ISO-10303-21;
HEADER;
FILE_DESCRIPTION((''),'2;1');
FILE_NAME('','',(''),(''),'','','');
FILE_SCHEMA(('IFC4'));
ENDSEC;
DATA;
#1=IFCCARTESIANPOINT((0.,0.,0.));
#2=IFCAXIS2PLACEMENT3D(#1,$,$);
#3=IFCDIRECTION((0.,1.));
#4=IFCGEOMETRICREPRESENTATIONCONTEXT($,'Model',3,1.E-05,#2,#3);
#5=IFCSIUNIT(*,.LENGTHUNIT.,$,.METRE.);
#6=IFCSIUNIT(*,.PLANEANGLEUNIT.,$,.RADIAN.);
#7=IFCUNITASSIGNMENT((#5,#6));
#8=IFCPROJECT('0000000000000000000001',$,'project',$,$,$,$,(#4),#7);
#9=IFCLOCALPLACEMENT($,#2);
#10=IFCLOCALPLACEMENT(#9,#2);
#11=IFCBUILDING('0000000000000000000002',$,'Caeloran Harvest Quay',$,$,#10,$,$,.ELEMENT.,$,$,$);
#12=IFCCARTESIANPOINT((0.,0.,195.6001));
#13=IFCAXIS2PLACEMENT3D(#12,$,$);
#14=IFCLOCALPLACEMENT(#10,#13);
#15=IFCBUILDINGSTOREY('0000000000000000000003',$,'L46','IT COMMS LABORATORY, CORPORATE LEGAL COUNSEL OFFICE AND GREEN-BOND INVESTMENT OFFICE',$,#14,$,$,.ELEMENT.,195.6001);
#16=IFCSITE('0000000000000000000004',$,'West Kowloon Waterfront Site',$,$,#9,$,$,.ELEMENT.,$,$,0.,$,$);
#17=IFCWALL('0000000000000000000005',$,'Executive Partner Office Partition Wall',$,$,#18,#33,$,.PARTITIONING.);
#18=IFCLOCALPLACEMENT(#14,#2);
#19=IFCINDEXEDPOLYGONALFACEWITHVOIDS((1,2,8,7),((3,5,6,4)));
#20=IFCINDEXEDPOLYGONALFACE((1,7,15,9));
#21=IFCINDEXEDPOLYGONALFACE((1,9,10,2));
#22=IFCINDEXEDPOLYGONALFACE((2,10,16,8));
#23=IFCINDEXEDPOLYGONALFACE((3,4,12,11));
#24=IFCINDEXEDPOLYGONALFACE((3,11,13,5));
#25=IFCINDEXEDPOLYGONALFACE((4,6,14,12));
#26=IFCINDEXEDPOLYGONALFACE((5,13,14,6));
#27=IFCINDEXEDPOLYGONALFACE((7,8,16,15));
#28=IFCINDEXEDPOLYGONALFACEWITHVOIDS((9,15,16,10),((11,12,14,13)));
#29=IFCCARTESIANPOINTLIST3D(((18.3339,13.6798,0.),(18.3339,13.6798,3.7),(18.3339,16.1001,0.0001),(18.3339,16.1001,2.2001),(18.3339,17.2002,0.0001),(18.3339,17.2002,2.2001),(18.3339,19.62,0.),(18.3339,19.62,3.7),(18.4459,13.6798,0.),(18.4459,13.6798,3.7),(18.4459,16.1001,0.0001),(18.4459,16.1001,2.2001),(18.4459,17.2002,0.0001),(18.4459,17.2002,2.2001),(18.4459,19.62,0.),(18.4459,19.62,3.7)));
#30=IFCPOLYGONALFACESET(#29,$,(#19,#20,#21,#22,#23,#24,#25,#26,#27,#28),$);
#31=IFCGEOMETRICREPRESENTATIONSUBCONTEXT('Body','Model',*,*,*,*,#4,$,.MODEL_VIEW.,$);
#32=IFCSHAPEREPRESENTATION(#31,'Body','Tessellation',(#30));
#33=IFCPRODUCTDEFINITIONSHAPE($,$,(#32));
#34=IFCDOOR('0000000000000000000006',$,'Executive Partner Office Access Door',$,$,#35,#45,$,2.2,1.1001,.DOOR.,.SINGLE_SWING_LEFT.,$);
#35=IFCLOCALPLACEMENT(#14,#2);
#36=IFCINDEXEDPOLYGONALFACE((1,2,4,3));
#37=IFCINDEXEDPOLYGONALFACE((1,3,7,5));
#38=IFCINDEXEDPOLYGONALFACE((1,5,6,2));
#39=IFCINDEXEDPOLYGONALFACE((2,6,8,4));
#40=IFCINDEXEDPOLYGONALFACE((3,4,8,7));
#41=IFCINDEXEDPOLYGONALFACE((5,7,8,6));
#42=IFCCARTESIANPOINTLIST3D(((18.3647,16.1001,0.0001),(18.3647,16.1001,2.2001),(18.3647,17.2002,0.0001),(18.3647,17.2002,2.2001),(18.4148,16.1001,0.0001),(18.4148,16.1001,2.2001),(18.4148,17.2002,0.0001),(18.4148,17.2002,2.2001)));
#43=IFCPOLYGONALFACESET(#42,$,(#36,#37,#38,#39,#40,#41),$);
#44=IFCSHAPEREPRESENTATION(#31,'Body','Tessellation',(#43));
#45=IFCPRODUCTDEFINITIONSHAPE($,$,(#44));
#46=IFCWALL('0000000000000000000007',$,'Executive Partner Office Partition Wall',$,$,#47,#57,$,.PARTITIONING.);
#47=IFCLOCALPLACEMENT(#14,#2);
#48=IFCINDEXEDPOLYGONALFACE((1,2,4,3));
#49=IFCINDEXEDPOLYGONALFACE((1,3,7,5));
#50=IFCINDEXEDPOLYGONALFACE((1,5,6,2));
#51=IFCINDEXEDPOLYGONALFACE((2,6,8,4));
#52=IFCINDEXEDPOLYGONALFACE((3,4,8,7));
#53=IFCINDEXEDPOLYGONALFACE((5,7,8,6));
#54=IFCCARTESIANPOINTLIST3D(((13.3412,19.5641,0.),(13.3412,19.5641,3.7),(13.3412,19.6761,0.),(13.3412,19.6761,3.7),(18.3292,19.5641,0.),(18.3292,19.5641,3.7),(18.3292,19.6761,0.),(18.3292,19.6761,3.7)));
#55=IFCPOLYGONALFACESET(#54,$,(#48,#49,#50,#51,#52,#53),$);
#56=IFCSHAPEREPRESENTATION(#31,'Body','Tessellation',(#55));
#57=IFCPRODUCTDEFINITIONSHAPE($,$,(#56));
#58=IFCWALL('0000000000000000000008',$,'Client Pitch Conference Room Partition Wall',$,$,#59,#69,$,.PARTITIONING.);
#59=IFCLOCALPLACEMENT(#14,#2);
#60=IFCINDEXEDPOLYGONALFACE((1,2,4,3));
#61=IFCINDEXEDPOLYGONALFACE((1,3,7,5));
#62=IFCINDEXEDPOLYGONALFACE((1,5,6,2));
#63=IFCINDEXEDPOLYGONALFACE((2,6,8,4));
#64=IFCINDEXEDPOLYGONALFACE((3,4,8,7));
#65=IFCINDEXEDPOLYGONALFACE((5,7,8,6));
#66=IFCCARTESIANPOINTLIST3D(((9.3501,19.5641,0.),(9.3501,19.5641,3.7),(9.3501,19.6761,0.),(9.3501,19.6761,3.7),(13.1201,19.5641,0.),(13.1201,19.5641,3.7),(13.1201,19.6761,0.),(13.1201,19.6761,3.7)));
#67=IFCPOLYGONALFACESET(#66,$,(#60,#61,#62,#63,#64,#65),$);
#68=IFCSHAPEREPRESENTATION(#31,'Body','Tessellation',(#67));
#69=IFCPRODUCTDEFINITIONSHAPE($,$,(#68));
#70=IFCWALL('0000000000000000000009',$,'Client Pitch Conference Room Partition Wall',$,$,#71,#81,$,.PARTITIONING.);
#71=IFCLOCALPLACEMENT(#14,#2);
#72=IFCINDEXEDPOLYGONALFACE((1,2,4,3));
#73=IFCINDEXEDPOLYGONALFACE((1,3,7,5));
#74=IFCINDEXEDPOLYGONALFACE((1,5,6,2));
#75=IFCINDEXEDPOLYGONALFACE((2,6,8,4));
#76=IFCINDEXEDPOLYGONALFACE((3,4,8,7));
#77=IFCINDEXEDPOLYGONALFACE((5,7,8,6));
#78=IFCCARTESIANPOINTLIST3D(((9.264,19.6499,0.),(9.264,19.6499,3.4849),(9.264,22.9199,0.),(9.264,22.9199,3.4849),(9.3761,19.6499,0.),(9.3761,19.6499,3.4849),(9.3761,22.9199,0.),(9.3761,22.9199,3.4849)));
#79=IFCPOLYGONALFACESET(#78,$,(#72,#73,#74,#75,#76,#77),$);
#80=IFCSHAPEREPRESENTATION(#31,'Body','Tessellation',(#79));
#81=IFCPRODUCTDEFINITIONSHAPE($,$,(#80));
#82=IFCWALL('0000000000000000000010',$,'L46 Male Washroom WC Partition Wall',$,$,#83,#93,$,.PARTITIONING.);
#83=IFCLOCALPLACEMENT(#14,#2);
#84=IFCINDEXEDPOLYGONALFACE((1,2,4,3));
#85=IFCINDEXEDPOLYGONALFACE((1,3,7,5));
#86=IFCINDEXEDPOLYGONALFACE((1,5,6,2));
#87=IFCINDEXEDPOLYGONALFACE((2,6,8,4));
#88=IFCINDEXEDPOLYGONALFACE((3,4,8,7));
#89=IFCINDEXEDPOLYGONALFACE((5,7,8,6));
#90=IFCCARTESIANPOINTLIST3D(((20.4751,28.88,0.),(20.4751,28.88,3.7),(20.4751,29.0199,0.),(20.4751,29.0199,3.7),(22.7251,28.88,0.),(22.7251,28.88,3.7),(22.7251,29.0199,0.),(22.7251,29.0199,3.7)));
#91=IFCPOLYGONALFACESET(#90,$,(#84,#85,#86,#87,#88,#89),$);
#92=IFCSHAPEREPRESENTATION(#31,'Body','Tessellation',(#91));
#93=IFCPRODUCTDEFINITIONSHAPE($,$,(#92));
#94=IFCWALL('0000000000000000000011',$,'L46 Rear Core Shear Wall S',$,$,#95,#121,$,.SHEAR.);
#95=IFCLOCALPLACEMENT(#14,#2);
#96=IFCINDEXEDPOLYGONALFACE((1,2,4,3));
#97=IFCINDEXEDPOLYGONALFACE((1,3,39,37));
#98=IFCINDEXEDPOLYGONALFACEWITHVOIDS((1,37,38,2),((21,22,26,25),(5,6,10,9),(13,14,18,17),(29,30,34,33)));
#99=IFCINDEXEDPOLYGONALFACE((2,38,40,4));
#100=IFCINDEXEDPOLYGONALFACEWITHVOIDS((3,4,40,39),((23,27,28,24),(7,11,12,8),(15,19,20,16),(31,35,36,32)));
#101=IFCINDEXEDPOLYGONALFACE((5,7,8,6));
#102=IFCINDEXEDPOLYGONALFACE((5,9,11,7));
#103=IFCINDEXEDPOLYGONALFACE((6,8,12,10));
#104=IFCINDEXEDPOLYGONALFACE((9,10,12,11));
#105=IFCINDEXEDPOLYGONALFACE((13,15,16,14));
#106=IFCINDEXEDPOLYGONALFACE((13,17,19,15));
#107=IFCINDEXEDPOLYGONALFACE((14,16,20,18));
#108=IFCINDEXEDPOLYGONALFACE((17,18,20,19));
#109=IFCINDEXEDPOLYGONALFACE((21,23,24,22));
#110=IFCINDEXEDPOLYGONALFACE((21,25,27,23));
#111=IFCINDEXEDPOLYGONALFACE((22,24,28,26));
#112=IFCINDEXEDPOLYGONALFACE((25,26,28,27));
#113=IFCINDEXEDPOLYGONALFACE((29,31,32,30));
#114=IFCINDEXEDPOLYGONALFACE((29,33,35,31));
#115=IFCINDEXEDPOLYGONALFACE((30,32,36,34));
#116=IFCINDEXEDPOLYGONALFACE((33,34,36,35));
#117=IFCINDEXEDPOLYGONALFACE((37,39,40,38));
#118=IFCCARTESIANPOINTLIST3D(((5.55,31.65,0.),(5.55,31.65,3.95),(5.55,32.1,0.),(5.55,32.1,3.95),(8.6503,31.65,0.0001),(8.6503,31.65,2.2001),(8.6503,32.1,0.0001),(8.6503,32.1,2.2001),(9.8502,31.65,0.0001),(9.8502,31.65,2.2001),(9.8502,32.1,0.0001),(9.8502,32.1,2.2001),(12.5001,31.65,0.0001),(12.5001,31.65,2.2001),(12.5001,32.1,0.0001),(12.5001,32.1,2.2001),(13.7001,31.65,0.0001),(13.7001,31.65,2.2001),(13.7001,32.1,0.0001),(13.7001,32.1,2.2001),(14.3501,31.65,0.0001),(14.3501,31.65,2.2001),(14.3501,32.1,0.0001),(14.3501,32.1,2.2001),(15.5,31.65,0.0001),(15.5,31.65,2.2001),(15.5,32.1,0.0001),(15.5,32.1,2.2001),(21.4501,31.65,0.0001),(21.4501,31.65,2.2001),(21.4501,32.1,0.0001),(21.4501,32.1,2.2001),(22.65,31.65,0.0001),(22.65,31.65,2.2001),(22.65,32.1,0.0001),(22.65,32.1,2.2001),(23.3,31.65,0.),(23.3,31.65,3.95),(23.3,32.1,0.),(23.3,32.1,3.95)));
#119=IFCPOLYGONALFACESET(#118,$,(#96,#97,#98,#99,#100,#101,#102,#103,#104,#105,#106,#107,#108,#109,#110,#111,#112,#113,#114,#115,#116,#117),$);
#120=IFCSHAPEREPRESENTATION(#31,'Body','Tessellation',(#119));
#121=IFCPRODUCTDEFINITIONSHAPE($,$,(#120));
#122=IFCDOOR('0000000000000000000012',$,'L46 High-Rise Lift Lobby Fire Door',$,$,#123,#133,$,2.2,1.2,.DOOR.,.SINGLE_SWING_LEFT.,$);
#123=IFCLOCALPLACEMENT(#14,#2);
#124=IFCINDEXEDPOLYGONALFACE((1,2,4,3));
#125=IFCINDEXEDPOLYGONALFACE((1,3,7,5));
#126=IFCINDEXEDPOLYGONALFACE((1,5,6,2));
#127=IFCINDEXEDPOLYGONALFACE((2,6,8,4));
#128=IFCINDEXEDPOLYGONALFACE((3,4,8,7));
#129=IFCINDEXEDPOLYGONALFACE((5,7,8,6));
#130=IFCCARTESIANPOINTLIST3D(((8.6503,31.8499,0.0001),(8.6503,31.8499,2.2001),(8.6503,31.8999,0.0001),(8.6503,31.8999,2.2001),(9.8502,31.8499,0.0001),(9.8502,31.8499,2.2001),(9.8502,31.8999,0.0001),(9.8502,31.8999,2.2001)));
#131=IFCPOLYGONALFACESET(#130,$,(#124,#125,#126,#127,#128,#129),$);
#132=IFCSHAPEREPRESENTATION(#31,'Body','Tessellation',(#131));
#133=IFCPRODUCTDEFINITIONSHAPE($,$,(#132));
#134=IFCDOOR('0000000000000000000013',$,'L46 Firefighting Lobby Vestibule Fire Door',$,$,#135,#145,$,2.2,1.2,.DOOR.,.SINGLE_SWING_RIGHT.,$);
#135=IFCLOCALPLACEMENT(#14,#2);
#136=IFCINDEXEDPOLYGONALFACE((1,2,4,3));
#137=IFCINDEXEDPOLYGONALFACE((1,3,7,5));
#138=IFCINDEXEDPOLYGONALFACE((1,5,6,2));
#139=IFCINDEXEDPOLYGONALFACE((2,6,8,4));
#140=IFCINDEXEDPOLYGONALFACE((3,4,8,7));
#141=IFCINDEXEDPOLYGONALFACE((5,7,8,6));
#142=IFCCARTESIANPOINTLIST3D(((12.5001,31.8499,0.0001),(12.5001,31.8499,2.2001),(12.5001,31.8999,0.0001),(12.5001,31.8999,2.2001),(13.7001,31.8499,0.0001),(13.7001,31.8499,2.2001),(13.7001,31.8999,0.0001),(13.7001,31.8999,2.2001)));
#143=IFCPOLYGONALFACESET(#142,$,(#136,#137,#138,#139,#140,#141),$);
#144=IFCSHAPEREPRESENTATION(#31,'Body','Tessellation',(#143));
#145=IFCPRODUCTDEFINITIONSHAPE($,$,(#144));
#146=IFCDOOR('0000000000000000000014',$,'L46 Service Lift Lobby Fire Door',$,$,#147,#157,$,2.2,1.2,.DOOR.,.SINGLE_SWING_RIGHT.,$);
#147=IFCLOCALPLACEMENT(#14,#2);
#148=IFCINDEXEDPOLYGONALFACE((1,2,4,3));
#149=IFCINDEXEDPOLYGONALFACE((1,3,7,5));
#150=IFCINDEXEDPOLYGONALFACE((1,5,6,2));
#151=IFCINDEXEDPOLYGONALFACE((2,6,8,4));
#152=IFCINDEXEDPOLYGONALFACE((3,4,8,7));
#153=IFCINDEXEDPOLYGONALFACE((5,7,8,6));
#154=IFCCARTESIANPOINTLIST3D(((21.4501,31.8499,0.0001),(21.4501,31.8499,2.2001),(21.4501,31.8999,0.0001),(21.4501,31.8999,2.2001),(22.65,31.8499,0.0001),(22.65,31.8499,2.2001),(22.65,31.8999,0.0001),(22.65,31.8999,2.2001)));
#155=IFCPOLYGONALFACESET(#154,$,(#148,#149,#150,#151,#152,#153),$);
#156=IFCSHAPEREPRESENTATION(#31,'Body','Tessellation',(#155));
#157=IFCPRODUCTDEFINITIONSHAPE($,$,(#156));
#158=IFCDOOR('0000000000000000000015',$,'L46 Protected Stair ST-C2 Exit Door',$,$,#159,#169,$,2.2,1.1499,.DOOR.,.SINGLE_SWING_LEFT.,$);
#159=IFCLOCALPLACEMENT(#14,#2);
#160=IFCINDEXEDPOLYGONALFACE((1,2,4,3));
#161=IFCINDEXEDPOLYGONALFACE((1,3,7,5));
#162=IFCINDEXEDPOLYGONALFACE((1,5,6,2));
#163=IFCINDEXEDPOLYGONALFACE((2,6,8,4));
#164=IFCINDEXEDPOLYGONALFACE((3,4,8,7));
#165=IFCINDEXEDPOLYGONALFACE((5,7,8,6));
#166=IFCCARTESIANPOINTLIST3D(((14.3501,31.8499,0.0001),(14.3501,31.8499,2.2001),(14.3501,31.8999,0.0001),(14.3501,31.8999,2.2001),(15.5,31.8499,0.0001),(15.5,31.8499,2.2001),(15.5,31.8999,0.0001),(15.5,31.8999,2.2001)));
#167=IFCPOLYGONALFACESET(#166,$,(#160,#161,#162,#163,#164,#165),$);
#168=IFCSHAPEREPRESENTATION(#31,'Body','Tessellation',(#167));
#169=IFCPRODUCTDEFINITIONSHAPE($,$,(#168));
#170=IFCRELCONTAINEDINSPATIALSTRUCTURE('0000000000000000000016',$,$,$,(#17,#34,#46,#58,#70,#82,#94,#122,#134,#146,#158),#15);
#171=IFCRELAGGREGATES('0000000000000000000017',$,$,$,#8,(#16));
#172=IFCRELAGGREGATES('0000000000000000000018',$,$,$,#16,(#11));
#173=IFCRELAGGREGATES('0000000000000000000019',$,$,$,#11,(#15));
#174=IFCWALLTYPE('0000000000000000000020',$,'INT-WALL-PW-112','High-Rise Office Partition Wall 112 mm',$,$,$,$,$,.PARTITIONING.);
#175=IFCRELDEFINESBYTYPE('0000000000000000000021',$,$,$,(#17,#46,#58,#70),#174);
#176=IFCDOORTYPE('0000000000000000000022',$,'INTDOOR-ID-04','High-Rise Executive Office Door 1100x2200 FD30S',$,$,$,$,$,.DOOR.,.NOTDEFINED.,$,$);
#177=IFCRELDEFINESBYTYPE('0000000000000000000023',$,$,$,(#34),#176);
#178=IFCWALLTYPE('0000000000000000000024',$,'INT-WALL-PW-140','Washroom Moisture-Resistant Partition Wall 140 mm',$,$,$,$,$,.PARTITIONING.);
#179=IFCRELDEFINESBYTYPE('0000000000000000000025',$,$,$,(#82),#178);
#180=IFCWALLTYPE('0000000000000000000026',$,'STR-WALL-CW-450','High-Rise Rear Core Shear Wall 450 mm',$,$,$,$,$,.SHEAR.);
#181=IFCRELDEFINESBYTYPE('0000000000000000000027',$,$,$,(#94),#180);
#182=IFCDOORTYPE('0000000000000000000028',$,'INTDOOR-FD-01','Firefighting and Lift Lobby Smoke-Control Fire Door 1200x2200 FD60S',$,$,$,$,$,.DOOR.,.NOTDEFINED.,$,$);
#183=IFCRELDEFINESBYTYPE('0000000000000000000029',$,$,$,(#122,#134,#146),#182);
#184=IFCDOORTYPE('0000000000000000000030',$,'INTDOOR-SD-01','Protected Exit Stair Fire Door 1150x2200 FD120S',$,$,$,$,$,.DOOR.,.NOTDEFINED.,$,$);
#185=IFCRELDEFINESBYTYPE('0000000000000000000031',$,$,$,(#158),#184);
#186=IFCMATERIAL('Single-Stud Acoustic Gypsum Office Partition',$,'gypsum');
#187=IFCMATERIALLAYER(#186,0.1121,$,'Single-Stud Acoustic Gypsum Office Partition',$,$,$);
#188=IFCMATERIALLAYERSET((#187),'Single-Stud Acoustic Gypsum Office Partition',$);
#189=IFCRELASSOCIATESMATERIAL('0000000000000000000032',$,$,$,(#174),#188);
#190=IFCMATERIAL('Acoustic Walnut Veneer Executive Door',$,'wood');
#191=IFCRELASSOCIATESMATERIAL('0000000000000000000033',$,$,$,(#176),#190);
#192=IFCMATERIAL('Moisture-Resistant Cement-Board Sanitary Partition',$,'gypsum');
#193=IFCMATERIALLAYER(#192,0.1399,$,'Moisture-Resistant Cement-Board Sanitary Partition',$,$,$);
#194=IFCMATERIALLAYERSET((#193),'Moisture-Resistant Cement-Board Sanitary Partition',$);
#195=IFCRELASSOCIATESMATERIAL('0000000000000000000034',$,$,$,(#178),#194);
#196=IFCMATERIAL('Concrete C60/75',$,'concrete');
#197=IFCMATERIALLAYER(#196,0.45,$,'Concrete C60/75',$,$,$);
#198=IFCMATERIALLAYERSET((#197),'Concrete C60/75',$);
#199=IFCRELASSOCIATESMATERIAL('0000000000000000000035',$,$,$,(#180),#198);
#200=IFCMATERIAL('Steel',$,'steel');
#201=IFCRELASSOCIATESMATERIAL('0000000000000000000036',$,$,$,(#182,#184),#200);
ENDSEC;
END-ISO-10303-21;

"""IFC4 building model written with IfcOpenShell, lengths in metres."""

from ifc_helpers import new_model, si_unit, direction, frame, frame_2d, origin, place, context, subcontext, project, spatial, rectangle, extrude, material, layer, layer_set, type_object, element, fill, save


model = new_model("IFC4")

# Units and contexts
model_context = context("Model", 3, precision=1e-05, world=origin(), true_north=direction((0.0, 1.0)))
body_context = subcontext(model_context, "Body", "Model", "MODEL_VIEW")
ifc_project = project(units=[si_unit("LENGTHUNIT", "METRE"), si_unit("PLANEANGLEUNIT", "RADIAN")], contexts=[model_context])

# Site, building, storey
site_placement = place(None, origin())
site = spatial("IfcSite", under=ifc_project, at=site_placement, Name="West Kowloon Waterfront Site", CompositionType="ELEMENT", RefElevation=0.0)
building_placement = place(site_placement, origin())
building = spatial("IfcBuilding", under=site, at=building_placement, Name="Caeloran Harvest Quay", CompositionType="ELEMENT")
storey_placement = place(building_placement, frame((0.0, 0.0, 195.6001)))
storey = spatial("IfcBuildingStorey", under=building, at=storey_placement, Name="L46", Description="IT COMMS LABORATORY, CORPORATE LEGAL COUNSEL OFFICE AND GREEN-BOND INVESTMENT OFFICE", CompositionType="ELEMENT", Elevation=195.6001)

# Shared definitions
ifc_material_1 = material(Name="Concrete C60/75", Category="concrete")

# Wall, opening, door
ifc_material_2 = material(Name="Single-Stud Acoustic Gypsum Office Partition", Category="gypsum")
ifc_layer_1 = layer(ifc_material_2, 0.1121, Name="Single-Stud Acoustic Gypsum Office Partition")
ifc_layer_set_1 = layer_set([ifc_layer_1], Name="Single-Stud Acoustic Gypsum Office Partition")
wall_type_1 = type_object("IfcWallType", Name="INT-WALL-PW-112", Description="High-Rise Office Partition Wall 112 mm", PredefinedType="PARTITIONING", material=ifc_layer_set_1)
wall_1_placement = place(storey_placement, frame((18.3899, 19.6201, 0.0), z_axis=(0.0, 0.0, 1.0), x_axis=(0.0, -1.0, 0.0)))
wall_1 = element("IfcWall", 1, at=wall_1_placement, inside=storey, type_object=wall_type_1, Name="Executive Partner Office Partition Wall", PredefinedType="PARTITIONING", context=body_context, shape_type="SweptSolid", body=[
    extrude(rectangle(XDim=5.9402, YDim=0.1121, at=frame_2d((2.9702, 0.0))), origin(), (0.0, 0.0, 1.0), 3.7),
])
opening_1_placement = place(wall_1_placement, frame((2.4199, 0.0, 0.0)))
opening_1 = element("IfcOpeningElement", 2, at=opening_1_placement, cuts=wall_1, PredefinedType="OPENING", context=body_context, shape_type="SweptSolid", body=[
    extrude(rectangle(XDim=1.1001, YDim=2.2, at=frame_2d((0.55, 1.1001))), frame((0.0, 0.0659, 0.0), z_axis=(0.0, -1.0, 0.0), x_axis=(1.0, 0.0, 0.0)), (0.0, 0.0, 1.0), 0.1321),
])
ifc_material_3 = material(Name="Acoustic Walnut Veneer Executive Door", Category="wood")
door_type_1 = type_object("IfcDoorType", Name="INTDOOR-ID-04", Description="High-Rise Executive Office Door 1100x2200 FD30S", OperationType="NOTDEFINED", PredefinedType="DOOR", material=ifc_material_3)
door_1_placement = place(opening_1_placement, origin())
door_1 = element("IfcDoor", 3, at=door_1_placement, inside=storey, type_object=door_type_1, Name="Executive Partner Office Access Door", OperationType="SINGLE_SWING_LEFT", OverallHeight=2.2, OverallWidth=1.1001, PredefinedType="DOOR", context=body_context, shape_type="SweptSolid", body=[
    extrude(rectangle(XDim=1.1001, YDim=2.2, at=frame_2d((0.55, 1.1001))), frame((0.0, 0.0249, 0.0), z_axis=(0.0, -1.0, 0.0), x_axis=(1.0, 0.0, 0.0)), (0.0, 0.0, 1.0), 0.05),
])
fill(opening_1, door_1)

# Walls
wall_2_placement = place(storey_placement, frame((13.3411, 19.6201, 0.0), z_axis=(0.0, 0.0, 1.0), x_axis=(1.0, 0.0, 0.0)))
element("IfcWall", 4, at=wall_2_placement, inside=storey, type_object=wall_type_1, Name="Executive Partner Office Partition Wall", PredefinedType="PARTITIONING", context=body_context, shape_type="SweptSolid", body=[
    extrude(rectangle(XDim=4.988, YDim=0.1121, at=frame_2d((2.4941, 0.0))), origin(), (0.0, 0.0, 1.0), 3.7),
])
wall_3_placement = place(storey_placement, frame((9.3501, 19.6201, 0.0), z_axis=(0.0, 0.0, 1.0), x_axis=(1.0, 0.0, 0.0)))
element("IfcWall", 5, at=wall_3_placement, inside=storey, type_object=wall_type_1, Name="Client Pitch Conference Room Partition Wall", PredefinedType="PARTITIONING", context=body_context, shape_type="SweptSolid", body=[
    extrude(rectangle(XDim=3.77, YDim=0.1121, at=frame_2d((1.885, 0.0))), origin(), (0.0, 0.0, 1.0), 3.7),
])
wall_4_placement = place(storey_placement, frame((9.3201, 22.9199, 0.0), z_axis=(0.0, 0.0, 1.0), x_axis=(0.0, -1.0, 0.0)))
element("IfcWall", 6, at=wall_4_placement, inside=storey, type_object=wall_type_1, Name="Client Pitch Conference Room Partition Wall", PredefinedType="PARTITIONING", context=body_context, shape_type="SweptSolid", body=[
    extrude(rectangle(XDim=3.27, YDim=0.1121, at=frame_2d((1.635, 0.0))), origin(), (0.0, 0.0, 1.0), 3.4849),
])

# Shared definitions
ifc_material_4 = material(Name="Moisture-Resistant Cement-Board Sanitary Partition", Category="gypsum")
ifc_layer_2 = layer(ifc_material_4, 0.1399, Name="Moisture-Resistant Cement-Board Sanitary Partition")
ifc_layer_set_2 = layer_set([ifc_layer_2], Name="Moisture-Resistant Cement-Board Sanitary Partition")
wall_type_2 = type_object("IfcWallType", Name="INT-WALL-PW-140", Description="Washroom Moisture-Resistant Partition Wall 140 mm", PredefinedType="PARTITIONING", material=ifc_layer_set_2)

# Wall
wall_5_placement = place(storey_placement, frame((20.4751, 28.95, 0.0), z_axis=(0.0, 0.0, 1.0), x_axis=(1.0, 0.0, 0.0)))
element("IfcWall", 7, at=wall_5_placement, inside=storey, type_object=wall_type_2, Name="L46 Male Washroom WC Partition Wall", PredefinedType="PARTITIONING", context=body_context, shape_type="SweptSolid", body=[
    extrude(rectangle(XDim=2.25, YDim=0.1399, at=frame_2d((1.125, 0.0))), origin(), (0.0, 0.0, 1.0), 3.7),
])

# Wall, openings, doors
ifc_layer_3 = layer(ifc_material_1, 0.45, Name="Concrete C60/75")
ifc_layer_set_3 = layer_set([ifc_layer_3], Name="Concrete C60/75")
wall_type_3 = type_object("IfcWallType", Name="STR-WALL-CW-450", Description="High-Rise Rear Core Shear Wall 450 mm", PredefinedType="SHEAR", material=ifc_layer_set_3)
wall_6_placement = place(storey_placement, frame((5.55, 31.875, 0.0), z_axis=(0.0, 0.0, 1.0), x_axis=(1.0, 0.0, 0.0)))
wall_6 = element("IfcWall", 8, at=wall_6_placement, inside=storey, type_object=wall_type_3, Name="L46 Rear Core Shear Wall S", PredefinedType="SHEAR", context=body_context, shape_type="SweptSolid", body=[
    extrude(rectangle(XDim=17.75, YDim=0.45, at=frame_2d((8.875, 0.0))), origin(), (0.0, 0.0, 1.0), 3.95),
])
opening_2_placement = place(wall_6_placement, frame((3.1001, 0.0, 0.0)))
opening_2 = element("IfcOpeningElement", 9, at=opening_2_placement, cuts=wall_6, PredefinedType="OPENING", context=body_context, shape_type="SweptSolid", body=[
    extrude(rectangle(XDim=1.2, YDim=2.2, at=frame_2d((0.6001, 1.1001))), frame((0.0, 0.2349, 0.0), z_axis=(0.0, -1.0, 0.0), x_axis=(1.0, 0.0, 0.0)), (0.0, 0.0, 1.0), 0.47),
])
opening_3_placement = place(wall_6_placement, frame((6.95, 0.0, 0.0)))
opening_3 = element("IfcOpeningElement", 10, at=opening_3_placement, cuts=wall_6, PredefinedType="OPENING", context=body_context, shape_type="SweptSolid", body=[
    extrude(rectangle(XDim=1.2, YDim=2.2, at=frame_2d((0.6001, 1.1001))), frame((0.0, 0.2349, 0.0), z_axis=(0.0, -1.0, 0.0), x_axis=(1.0, 0.0, 0.0)), (0.0, 0.0, 1.0), 0.47),
])
opening_4_placement = place(wall_6_placement, frame((8.8, 0.0, 0.0)))
opening_4 = element("IfcOpeningElement", 11, at=opening_4_placement, cuts=wall_6, PredefinedType="OPENING", context=body_context, shape_type="SweptSolid", body=[
    extrude(rectangle(XDim=1.1499, YDim=2.2, at=frame_2d((0.575, 1.1001))), frame((0.0, 0.2349, 0.0), z_axis=(0.0, -1.0, 0.0), x_axis=(1.0, 0.0, 0.0)), (0.0, 0.0, 1.0), 0.47),
])
opening_5_placement = place(wall_6_placement, frame((15.8999, 0.0, 0.0)))
opening_5 = element("IfcOpeningElement", 12, at=opening_5_placement, cuts=wall_6, PredefinedType="OPENING", context=body_context, shape_type="SweptSolid", body=[
    extrude(rectangle(XDim=1.2, YDim=2.2, at=frame_2d((0.6001, 1.1001))), frame((0.0, 0.2349, 0.0), z_axis=(0.0, -1.0, 0.0), x_axis=(1.0, 0.0, 0.0)), (0.0, 0.0, 1.0), 0.47),
])
ifc_material_5 = material(Name="Steel", Category="steel")
door_type_2 = type_object("IfcDoorType", Name="INTDOOR-FD-01", Description="Firefighting and Lift Lobby Smoke-Control Fire Door 1200x2200 FD60S", OperationType="NOTDEFINED", PredefinedType="DOOR", material=ifc_material_5)
door_2_placement = place(opening_2_placement, origin())
door_2 = element("IfcDoor", 13, at=door_2_placement, inside=storey, type_object=door_type_2, Name="L46 High-Rise Lift Lobby Fire Door", OperationType="SINGLE_SWING_LEFT", OverallHeight=2.2, OverallWidth=1.2, PredefinedType="DOOR", context=body_context, shape_type="SweptSolid", body=[
    extrude(rectangle(XDim=1.2, YDim=2.2, at=frame_2d((0.6001, 1.1001))), frame((0.0, 0.0249, 0.0), z_axis=(0.0, -1.0, 0.0), x_axis=(1.0, 0.0, 0.0)), (0.0, 0.0, 1.0), 0.05),
])
fill(opening_2, door_2)
door_3_placement = place(opening_3_placement, origin())
door_3 = element("IfcDoor", 14, at=door_3_placement, inside=storey, type_object=door_type_2, Name="L46 Firefighting Lobby Vestibule Fire Door", OperationType="SINGLE_SWING_RIGHT", OverallHeight=2.2, OverallWidth=1.2, PredefinedType="DOOR", context=body_context, shape_type="SweptSolid", body=[
    extrude(rectangle(XDim=1.2, YDim=2.2, at=frame_2d((0.6001, 1.1001))), frame((0.0, 0.0249, 0.0), z_axis=(0.0, -1.0, 0.0), x_axis=(1.0, 0.0, 0.0)), (0.0, 0.0, 1.0), 0.05),
])
fill(opening_3, door_3)
door_4_placement = place(opening_5_placement, origin())
door_4 = element("IfcDoor", 15, at=door_4_placement, inside=storey, type_object=door_type_2, Name="L46 Service Lift Lobby Fire Door", OperationType="SINGLE_SWING_RIGHT", OverallHeight=2.2, OverallWidth=1.2, PredefinedType="DOOR", context=body_context, shape_type="SweptSolid", body=[
    extrude(rectangle(XDim=1.2, YDim=2.2, at=frame_2d((0.6001, 1.1001))), frame((0.0, 0.0249, 0.0), z_axis=(0.0, -1.0, 0.0), x_axis=(1.0, 0.0, 0.0)), (0.0, 0.0, 1.0), 0.05),
])
fill(opening_5, door_4)
door_type_3 = type_object("IfcDoorType", Name="INTDOOR-SD-01", Description="Protected Exit Stair Fire Door 1150x2200 FD120S", OperationType="NOTDEFINED", PredefinedType="DOOR", material=ifc_material_5)
door_5_placement = place(opening_4_placement, origin())
door_5 = element("IfcDoor", 16, at=door_5_placement, inside=storey, type_object=door_type_3, Name="L46 Protected Stair ST-C2 Exit Door", OperationType="SINGLE_SWING_LEFT", OverallHeight=2.2, OverallWidth=1.1499, PredefinedType="DOOR", context=body_context, shape_type="SweptSolid", body=[
    extrude(rectangle(XDim=1.1499, YDim=2.2, at=frame_2d((0.575, 1.1001))), frame((0.0, 0.0249, 0.0), z_axis=(0.0, -1.0, 0.0), x_axis=(1.0, 0.0, 0.0)), (0.0, 0.0, 1.0), 0.05),
])
fill(opening_4, door_5)

save(model, "model.ifc")
